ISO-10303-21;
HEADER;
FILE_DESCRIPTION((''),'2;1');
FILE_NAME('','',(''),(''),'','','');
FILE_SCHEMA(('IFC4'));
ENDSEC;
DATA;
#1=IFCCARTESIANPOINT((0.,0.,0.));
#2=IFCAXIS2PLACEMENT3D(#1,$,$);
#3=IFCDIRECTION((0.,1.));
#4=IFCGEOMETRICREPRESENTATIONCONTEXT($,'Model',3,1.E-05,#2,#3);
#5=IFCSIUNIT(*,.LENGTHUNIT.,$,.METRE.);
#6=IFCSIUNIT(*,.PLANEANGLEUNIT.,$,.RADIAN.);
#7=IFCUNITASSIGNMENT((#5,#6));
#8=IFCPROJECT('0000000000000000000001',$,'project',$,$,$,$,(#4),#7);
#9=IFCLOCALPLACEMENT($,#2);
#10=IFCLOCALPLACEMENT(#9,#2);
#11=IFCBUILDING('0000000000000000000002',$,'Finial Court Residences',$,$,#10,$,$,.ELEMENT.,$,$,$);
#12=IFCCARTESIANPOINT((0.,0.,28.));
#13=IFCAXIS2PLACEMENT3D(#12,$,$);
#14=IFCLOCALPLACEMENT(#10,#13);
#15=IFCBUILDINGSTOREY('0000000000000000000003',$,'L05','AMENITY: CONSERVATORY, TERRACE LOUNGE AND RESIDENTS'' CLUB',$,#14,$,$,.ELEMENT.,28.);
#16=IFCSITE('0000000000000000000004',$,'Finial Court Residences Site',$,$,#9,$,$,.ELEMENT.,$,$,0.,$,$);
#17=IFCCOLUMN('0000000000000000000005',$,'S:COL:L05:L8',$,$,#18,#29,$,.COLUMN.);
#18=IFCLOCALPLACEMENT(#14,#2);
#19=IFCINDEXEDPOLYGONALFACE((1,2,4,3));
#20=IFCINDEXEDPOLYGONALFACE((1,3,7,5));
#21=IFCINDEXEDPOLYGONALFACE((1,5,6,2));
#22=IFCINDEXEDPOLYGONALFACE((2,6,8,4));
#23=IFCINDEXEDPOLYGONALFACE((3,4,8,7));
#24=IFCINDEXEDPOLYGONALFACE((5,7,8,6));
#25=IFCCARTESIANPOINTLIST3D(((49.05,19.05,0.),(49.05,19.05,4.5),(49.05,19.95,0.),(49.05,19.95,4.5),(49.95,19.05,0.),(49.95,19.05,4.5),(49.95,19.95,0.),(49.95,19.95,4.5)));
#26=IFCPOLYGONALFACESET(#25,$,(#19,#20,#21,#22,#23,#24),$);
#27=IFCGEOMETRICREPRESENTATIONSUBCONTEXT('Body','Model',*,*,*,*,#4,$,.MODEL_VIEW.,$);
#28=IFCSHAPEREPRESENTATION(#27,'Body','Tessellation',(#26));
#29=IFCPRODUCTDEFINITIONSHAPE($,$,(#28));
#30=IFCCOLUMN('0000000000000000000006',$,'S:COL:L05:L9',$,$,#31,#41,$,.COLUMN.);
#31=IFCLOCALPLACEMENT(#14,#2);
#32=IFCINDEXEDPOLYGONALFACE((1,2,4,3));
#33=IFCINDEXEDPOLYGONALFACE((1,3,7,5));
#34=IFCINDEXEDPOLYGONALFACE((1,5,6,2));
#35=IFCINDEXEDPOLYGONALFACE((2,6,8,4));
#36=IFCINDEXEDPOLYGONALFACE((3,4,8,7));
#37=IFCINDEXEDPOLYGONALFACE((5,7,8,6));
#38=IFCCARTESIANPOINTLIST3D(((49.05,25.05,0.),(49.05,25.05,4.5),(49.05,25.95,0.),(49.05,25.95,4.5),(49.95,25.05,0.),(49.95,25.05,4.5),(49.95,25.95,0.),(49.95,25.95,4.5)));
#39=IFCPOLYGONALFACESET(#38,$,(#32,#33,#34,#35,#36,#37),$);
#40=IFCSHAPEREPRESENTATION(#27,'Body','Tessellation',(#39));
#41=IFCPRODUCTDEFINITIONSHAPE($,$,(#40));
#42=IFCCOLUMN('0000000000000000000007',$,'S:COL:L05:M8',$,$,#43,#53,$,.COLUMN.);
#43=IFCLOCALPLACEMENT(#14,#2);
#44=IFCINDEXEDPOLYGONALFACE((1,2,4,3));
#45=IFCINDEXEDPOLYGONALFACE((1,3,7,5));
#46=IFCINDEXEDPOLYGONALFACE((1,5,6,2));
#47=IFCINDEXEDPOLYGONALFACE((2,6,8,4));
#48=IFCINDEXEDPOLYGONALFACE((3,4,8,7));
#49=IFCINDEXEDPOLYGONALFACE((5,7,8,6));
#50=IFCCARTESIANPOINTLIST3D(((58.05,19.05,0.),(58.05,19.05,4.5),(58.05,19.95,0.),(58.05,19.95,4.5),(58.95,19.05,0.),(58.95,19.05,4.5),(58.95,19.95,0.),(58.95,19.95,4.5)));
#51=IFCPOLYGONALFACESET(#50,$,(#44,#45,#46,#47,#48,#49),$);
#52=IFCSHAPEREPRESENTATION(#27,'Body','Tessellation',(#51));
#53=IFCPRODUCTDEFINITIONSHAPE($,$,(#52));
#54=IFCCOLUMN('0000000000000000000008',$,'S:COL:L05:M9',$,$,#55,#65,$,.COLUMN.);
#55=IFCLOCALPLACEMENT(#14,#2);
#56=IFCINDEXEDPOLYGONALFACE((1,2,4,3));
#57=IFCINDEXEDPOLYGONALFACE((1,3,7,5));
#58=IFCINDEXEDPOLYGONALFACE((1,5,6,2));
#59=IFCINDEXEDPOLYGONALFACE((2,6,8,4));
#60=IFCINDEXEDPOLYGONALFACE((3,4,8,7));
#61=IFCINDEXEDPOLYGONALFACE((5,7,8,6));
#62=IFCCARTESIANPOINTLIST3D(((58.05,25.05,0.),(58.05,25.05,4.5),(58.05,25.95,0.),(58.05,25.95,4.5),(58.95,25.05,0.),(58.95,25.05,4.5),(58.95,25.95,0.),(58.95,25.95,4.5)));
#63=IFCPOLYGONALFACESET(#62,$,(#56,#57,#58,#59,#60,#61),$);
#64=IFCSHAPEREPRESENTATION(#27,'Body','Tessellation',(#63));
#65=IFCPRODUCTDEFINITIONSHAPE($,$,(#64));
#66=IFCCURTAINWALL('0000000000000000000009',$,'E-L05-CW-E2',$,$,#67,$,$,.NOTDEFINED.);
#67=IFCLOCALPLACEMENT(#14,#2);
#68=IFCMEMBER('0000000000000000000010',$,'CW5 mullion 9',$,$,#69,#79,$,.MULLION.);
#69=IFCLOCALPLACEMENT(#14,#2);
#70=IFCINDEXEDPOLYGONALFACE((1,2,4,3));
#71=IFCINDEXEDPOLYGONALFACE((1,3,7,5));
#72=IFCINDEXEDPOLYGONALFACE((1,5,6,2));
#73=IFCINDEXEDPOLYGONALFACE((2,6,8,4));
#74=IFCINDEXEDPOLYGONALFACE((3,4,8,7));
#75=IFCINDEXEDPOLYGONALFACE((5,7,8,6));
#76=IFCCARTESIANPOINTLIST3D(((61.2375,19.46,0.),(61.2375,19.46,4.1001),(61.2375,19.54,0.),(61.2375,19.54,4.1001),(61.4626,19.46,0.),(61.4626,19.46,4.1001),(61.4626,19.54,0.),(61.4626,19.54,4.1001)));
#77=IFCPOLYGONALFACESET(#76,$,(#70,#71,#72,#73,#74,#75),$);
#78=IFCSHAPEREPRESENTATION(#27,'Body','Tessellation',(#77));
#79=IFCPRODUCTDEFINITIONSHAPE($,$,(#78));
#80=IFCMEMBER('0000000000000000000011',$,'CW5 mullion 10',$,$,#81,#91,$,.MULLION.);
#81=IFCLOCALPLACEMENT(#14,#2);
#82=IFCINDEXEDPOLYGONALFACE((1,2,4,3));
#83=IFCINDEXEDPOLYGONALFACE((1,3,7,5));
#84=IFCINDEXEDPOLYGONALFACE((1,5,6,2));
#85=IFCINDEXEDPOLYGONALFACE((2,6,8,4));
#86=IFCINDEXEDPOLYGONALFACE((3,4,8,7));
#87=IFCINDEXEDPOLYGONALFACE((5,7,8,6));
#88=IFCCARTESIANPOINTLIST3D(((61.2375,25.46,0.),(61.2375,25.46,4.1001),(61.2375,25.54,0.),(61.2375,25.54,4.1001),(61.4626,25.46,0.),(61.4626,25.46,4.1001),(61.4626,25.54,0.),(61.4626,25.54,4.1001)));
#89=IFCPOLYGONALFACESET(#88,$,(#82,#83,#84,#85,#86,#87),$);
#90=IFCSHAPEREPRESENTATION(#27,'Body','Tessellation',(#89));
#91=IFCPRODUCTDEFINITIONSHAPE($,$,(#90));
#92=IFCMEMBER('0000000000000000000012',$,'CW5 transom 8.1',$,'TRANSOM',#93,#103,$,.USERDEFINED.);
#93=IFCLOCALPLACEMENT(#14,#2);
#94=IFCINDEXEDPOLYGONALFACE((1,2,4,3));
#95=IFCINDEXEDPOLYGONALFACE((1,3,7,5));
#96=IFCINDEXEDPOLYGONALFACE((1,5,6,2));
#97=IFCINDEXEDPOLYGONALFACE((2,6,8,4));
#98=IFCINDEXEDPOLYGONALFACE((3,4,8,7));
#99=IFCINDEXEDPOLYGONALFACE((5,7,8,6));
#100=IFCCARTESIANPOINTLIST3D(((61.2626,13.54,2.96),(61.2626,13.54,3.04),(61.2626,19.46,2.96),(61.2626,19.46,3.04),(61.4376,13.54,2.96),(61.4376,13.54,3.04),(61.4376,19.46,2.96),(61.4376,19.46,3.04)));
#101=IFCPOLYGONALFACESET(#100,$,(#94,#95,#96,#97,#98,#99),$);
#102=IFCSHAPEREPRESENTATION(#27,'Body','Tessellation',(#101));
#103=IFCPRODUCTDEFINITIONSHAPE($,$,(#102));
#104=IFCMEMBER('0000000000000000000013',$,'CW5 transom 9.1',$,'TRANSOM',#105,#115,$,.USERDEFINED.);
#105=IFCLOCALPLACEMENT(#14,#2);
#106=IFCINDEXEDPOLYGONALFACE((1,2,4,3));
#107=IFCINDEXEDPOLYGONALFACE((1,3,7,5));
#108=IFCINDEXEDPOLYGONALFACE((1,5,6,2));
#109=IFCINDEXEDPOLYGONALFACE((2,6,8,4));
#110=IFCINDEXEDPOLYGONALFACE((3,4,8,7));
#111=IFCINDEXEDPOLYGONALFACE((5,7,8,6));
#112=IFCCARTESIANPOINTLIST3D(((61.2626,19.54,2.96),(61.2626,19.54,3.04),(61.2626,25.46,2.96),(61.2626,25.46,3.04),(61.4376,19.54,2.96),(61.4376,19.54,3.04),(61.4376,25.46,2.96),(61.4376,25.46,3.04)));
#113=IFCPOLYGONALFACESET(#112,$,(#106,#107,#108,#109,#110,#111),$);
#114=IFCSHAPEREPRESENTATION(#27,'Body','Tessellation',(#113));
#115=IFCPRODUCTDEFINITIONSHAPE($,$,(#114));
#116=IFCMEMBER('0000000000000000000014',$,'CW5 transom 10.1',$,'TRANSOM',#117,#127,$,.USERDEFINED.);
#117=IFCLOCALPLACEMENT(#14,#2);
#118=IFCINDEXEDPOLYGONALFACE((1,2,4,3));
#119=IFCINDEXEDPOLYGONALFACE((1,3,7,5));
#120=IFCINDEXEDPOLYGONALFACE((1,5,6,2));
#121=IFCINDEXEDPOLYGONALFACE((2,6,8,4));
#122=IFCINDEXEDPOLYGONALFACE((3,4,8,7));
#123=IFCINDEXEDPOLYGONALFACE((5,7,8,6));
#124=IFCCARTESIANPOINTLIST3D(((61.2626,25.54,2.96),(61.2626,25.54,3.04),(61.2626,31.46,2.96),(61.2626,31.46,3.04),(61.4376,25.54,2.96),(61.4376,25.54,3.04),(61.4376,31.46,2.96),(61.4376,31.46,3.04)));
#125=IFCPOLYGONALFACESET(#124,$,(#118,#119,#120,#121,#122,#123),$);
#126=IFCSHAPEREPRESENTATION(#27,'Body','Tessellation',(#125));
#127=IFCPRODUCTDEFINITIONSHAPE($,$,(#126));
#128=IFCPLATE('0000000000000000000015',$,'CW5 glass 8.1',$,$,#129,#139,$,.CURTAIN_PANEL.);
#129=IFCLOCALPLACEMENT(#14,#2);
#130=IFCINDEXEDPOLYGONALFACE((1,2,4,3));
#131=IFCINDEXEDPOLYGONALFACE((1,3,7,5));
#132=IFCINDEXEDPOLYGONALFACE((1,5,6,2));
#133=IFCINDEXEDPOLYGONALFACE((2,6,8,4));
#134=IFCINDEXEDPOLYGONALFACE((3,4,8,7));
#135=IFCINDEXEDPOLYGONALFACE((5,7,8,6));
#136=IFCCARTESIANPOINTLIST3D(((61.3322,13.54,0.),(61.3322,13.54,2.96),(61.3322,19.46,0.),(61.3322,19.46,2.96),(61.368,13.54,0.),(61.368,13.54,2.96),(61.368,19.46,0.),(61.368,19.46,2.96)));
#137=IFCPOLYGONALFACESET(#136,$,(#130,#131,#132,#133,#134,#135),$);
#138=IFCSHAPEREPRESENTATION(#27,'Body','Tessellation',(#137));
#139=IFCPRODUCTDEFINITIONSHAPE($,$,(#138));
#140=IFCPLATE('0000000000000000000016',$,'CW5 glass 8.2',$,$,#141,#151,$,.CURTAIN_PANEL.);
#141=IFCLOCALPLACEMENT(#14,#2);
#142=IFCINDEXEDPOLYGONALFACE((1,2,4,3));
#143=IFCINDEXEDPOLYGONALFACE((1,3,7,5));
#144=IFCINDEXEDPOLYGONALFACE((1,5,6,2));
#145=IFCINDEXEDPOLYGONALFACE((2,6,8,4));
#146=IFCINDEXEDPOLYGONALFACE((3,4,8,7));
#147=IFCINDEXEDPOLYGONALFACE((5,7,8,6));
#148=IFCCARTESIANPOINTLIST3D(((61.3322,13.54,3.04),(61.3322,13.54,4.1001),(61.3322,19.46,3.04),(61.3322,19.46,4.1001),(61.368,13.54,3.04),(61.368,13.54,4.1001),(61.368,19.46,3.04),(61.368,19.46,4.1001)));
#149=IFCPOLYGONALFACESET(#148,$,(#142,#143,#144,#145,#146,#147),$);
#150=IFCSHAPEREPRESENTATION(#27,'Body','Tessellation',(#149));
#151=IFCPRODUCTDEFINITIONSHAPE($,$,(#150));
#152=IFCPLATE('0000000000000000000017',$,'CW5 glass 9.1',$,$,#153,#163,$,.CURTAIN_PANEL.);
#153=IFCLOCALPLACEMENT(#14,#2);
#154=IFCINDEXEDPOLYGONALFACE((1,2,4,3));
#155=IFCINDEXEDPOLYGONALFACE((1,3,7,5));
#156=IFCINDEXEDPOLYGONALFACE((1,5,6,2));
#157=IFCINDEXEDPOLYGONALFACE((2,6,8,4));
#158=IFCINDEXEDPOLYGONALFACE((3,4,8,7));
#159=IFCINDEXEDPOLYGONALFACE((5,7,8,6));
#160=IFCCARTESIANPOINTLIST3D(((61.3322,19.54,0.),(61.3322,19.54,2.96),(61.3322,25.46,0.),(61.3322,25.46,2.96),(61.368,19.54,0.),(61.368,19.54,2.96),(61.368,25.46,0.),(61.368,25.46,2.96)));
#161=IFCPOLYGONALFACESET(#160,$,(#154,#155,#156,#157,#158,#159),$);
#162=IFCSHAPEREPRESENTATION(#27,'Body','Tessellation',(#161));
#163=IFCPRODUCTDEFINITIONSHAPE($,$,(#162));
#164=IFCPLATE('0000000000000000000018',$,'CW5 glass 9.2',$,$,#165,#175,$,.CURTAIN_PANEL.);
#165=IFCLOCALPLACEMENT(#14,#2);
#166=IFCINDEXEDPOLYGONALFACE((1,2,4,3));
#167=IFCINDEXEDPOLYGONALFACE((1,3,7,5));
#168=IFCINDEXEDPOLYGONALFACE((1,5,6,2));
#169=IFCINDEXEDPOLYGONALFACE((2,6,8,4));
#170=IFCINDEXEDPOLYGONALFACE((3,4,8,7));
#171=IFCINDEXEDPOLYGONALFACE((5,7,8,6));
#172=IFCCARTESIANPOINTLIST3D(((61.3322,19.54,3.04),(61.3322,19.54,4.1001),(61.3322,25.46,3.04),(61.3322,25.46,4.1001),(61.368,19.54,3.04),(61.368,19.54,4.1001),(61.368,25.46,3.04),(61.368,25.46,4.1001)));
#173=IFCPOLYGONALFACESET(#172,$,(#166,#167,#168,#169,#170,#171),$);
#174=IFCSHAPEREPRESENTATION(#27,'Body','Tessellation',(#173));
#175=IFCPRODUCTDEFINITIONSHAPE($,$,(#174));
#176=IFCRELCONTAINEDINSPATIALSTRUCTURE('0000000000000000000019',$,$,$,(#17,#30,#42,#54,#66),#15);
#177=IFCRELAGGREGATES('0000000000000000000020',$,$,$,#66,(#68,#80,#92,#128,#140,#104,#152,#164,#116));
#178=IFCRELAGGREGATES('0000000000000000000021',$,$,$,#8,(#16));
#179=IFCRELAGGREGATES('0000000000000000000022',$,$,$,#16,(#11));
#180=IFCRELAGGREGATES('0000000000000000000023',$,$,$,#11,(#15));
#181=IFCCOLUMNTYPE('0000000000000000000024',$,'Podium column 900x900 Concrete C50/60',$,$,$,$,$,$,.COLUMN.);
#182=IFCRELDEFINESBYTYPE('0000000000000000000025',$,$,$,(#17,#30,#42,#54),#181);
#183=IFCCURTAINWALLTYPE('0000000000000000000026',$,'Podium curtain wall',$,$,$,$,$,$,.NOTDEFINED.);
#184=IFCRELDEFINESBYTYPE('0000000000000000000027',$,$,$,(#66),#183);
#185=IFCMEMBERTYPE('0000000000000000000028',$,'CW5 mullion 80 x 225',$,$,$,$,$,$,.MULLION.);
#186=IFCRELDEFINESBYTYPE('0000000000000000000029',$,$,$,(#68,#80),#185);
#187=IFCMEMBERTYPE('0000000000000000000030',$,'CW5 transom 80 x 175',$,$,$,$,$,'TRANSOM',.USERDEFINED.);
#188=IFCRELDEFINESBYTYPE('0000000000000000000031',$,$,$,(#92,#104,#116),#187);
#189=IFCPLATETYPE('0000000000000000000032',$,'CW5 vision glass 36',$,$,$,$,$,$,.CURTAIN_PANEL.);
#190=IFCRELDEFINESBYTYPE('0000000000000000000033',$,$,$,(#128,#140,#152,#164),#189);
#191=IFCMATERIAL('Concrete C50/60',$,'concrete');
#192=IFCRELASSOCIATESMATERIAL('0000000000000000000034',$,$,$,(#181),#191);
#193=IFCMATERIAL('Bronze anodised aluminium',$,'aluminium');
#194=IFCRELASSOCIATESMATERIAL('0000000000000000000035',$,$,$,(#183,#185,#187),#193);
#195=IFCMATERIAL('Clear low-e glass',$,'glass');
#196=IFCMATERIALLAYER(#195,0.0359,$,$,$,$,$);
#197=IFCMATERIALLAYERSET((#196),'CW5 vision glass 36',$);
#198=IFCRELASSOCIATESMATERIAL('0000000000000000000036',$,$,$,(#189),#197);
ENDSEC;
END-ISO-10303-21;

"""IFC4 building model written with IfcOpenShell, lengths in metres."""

from ifc_helpers import new_model, si_unit, direction, frame, origin, origin_2d, place, context, subcontext, project, spatial, rectangle, extrude, material, layer, layer_set, material_profile, profile_set, type_object, element, aggregate, save


model = new_model("IFC4")

# Units and contexts
model_context = context("Model", 3, precision=1e-05, world=origin(), true_north=direction((0.0, 1.0)))
body_context = subcontext(model_context, "Body", "Model", "MODEL_VIEW")
ifc_project = project(units=[si_unit("LENGTHUNIT", "METRE"), si_unit("PLANEANGLEUNIT", "RADIAN")], contexts=[model_context])

# Site, building, storey
site_placement = place(None, origin())
site = spatial("IfcSite", under=ifc_project, at=site_placement, Name="Finial Court Residences Site", CompositionType="ELEMENT", RefElevation=0.0)
building_placement = place(site_placement, origin())
building = spatial("IfcBuilding", under=site, at=building_placement, Name="Finial Court Residences", CompositionType="ELEMENT")
storey_placement = place(building_placement, frame((0.0, 0.0, 28.0)))
storey = spatial("IfcBuildingStorey", under=building, at=storey_placement, Name="L05", Description="AMENITY: CONSERVATORY, TERRACE LOUNGE AND RESIDENTS' CLUB", CompositionType="ELEMENT", Elevation=28.0)

# Columns
ifc_material_1 = material(Name="Concrete C50/60", Category="concrete")
ifc_material_profile_1 = material_profile(ifc_material_1, rectangle(XDim=0.8999, YDim=0.8999, at=origin_2d()), Name="900x900")
ifc_profile_set_1 = profile_set([ifc_material_profile_1], Name="Concrete C50/60")
column_type = type_object("IfcColumnType", Name="Podium column 900x900 Concrete C50/60", PredefinedType="COLUMN", material=ifc_profile_set_1)
for number, where, z_axis, x_axis, name in (
    (1, (49.5, 19.5, 0.0), (0.0, 0.0, 1.0), (1.0, 0.0, 0.0), "S:COL:L05:L8"),
    (2, (49.5, 25.5, 0.0), (0.0, 0.0, 1.0), (1.0, 0.0, 0.0), "S:COL:L05:L9"),
    (3, (58.5, 19.5, 0.0), (0.0, 0.0, 1.0), (1.0, 0.0, 0.0), "S:COL:L05:M8"),
    (4, (58.5, 25.5, 0.0), (0.0, 0.0, 1.0), (1.0, 0.0, 0.0), "S:COL:L05:M9"),
):
    element("IfcColumn", number, at=place(storey_placement, frame(where, z_axis=z_axis, x_axis=x_axis)), inside=storey, type_object=column_type, Name=name, PredefinedType="COLUMN", context=body_context, shape_type="SweptSolid", body=[
        extrude(rectangle(XDim=0.8999, YDim=0.8999, at=origin_2d()), origin(), (0.0, 0.0, 1.0), 4.5),
    ])

# Curtain wall, members, plates
ifc_material_2 = material(Name="Bronze anodised aluminium", Category="aluminium")
curtain_wall_type = type_object("IfcCurtainWallType", Name="Podium curtain wall", PredefinedType="NOTDEFINED", material=ifc_material_2)
curtain_wall_placement = place(storey_placement, origin())
curtain_wall = element("IfcCurtainWall", 5, at=curtain_wall_placement, inside=storey, type_object=curtain_wall_type, Name="E-L05-CW-E2", PredefinedType="NOTDEFINED")
ifc_material_profile_2 = material_profile(ifc_material_2, rectangle(XDim=0.2251, YDim=0.0801, at=origin_2d()), Name="CW5 mullion 80 x 225")
ifc_profile_set_2 = profile_set([ifc_material_profile_2], Name="Bronze anodised aluminium")
member_type_1 = type_object("IfcMemberType", Name="CW5 mullion 80 x 225", PredefinedType="MULLION", material=ifc_profile_set_2)
member_1_placement = place(storey_placement, frame((61.3501, 19.5, 0.0), z_axis=(0.0, 0.0, 1.0), x_axis=(-1.0, 0.0, 0.0)))
member_1 = element("IfcMember", 6, at=member_1_placement, type_object=member_type_1, Name="CW5 mullion 9", PredefinedType="MULLION", context=body_context, shape_type="SweptSolid", body=[
    extrude(rectangle(XDim=0.2251, YDim=0.0801, at=origin_2d()), origin(), (0.0, 0.0, 1.0), 4.1001),
])
member_2_placement = place(storey_placement, frame((61.3501, 25.5, 0.0), z_axis=(0.0, 0.0, 1.0), x_axis=(-1.0, 0.0, 0.0)))
member_2 = element("IfcMember", 7, at=member_2_placement, type_object=member_type_1, Name="CW5 mullion 10", PredefinedType="MULLION", context=body_context, shape_type="SweptSolid", body=[
    extrude(rectangle(XDim=0.2251, YDim=0.0801, at=origin_2d()), origin(), (0.0, 0.0, 1.0), 4.1001),
])
ifc_material_profile_3 = material_profile(ifc_material_2, rectangle(XDim=0.175, YDim=0.0801, at=origin_2d()), Name="CW5 transom 80 x 175")
ifc_profile_set_3 = profile_set([ifc_material_profile_3], Name="Bronze anodised aluminium")
member_type_2 = type_object("IfcMemberType", Name="CW5 transom 80 x 175", ElementType="TRANSOM", PredefinedType="USERDEFINED", material=ifc_profile_set_3)
member_3_placement = place(storey_placement, frame((61.3501, 13.54, 3.0), z_axis=(0.0, 1.0, 0.0), x_axis=(-1.0, 0.0, 0.0)))
member_3 = element("IfcMember", 8, at=member_3_placement, type_object=member_type_2, Name="CW5 transom 8.1", ObjectType="TRANSOM", PredefinedType="USERDEFINED", context=body_context, shape_type="SweptSolid", body=[
    extrude(rectangle(XDim=0.175, YDim=0.0801, at=origin_2d()), origin(), (0.0, 0.0, 1.0), 5.9199),
])
member_4_placement = place(storey_placement, frame((61.3501, 19.54, 3.0), z_axis=(0.0, 1.0, 0.0), x_axis=(-1.0, 0.0, 0.0)))
member_4 = element("IfcMember", 9, at=member_4_placement, type_object=member_type_2, Name="CW5 transom 9.1", ObjectType="TRANSOM", PredefinedType="USERDEFINED", context=body_context, shape_type="SweptSolid", body=[
    extrude(rectangle(XDim=0.175, YDim=0.0801, at=origin_2d()), origin(), (0.0, 0.0, 1.0), 5.9199),
])
member_5_placement = place(storey_placement, frame((61.3501, 25.54, 3.0), z_axis=(0.0, 1.0, 0.0), x_axis=(-1.0, 0.0, 0.0)))
member_5 = element("IfcMember", 10, at=member_5_placement, type_object=member_type_2, Name="CW5 transom 10.1", ObjectType="TRANSOM", PredefinedType="USERDEFINED", context=body_context, shape_type="SweptSolid", body=[
    extrude(rectangle(XDim=0.175, YDim=0.0801, at=origin_2d()), origin(), (0.0, 0.0, 1.0), 5.9199),
])
ifc_material_3 = material(Name="Clear low-e glass", Category="glass")
ifc_layer_1 = layer(ifc_material_3, 0.0359)
ifc_layer_set_1 = layer_set([ifc_layer_1], Name="CW5 vision glass 36")
plate_type = type_object("IfcPlateType", Name="CW5 vision glass 36", PredefinedType="CURTAIN_PANEL", material=ifc_layer_set_1)
plate_1_placement = place(storey_placement, frame((61.3501, 16.5, 0.0), z_axis=(0.0, 0.0, 1.0), x_axis=(0.0, 1.0, 0.0)))
plate_1 = element("IfcPlate", 11, at=plate_1_placement, type_object=plate_type, Name="CW5 glass 8.1", PredefinedType="CURTAIN_PANEL", context=body_context, shape_type="SweptSolid", body=[
    extrude(rectangle(XDim=5.9199, YDim=0.0359, at=origin_2d()), origin(), (0.0, 0.0, 1.0), 2.96),
])
plate_2_placement = place(storey_placement, frame((61.3501, 16.5, 3.04), z_axis=(0.0, 0.0, 1.0), x_axis=(0.0, 1.0, 0.0)))
plate_2 = element("IfcPlate", 12, at=plate_2_placement, type_object=plate_type, Name="CW5 glass 8.2", PredefinedType="CURTAIN_PANEL", context=body_context, shape_type="SweptSolid", body=[
    extrude(rectangle(XDim=5.9199, YDim=0.0359, at=origin_2d()), origin(), (0.0, 0.0, 1.0), 1.0601),
])
plate_3_placement = place(storey_placement, frame((61.3501, 22.5, 0.0), z_axis=(0.0, 0.0, 1.0), x_axis=(0.0, 1.0, 0.0)))
plate_3 = element("IfcPlate", 13, at=plate_3_placement, type_object=plate_type, Name="CW5 glass 9.1", PredefinedType="CURTAIN_PANEL", context=body_context, shape_type="SweptSolid", body=[
    extrude(rectangle(XDim=5.9199, YDim=0.0359, at=origin_2d()), origin(), (0.0, 0.0, 1.0), 2.96),
])
plate_4_placement = place(storey_placement, frame((61.3501, 22.5, 3.04), z_axis=(0.0, 0.0, 1.0), x_axis=(0.0, 1.0, 0.0)))
plate_4 = element("IfcPlate", 14, at=plate_4_placement, type_object=plate_type, Name="CW5 glass 9.2", PredefinedType="CURTAIN_PANEL", context=body_context, shape_type="SweptSolid", body=[
    extrude(rectangle(XDim=5.9199, YDim=0.0359, at=origin_2d()), origin(), (0.0, 0.0, 1.0), 1.0601),
])
aggregate(curtain_wall, [member_1, member_2, member_3, plate_1, plate_2, member_4, plate_3, plate_4, member_5])

save(model, "model.ifc")
